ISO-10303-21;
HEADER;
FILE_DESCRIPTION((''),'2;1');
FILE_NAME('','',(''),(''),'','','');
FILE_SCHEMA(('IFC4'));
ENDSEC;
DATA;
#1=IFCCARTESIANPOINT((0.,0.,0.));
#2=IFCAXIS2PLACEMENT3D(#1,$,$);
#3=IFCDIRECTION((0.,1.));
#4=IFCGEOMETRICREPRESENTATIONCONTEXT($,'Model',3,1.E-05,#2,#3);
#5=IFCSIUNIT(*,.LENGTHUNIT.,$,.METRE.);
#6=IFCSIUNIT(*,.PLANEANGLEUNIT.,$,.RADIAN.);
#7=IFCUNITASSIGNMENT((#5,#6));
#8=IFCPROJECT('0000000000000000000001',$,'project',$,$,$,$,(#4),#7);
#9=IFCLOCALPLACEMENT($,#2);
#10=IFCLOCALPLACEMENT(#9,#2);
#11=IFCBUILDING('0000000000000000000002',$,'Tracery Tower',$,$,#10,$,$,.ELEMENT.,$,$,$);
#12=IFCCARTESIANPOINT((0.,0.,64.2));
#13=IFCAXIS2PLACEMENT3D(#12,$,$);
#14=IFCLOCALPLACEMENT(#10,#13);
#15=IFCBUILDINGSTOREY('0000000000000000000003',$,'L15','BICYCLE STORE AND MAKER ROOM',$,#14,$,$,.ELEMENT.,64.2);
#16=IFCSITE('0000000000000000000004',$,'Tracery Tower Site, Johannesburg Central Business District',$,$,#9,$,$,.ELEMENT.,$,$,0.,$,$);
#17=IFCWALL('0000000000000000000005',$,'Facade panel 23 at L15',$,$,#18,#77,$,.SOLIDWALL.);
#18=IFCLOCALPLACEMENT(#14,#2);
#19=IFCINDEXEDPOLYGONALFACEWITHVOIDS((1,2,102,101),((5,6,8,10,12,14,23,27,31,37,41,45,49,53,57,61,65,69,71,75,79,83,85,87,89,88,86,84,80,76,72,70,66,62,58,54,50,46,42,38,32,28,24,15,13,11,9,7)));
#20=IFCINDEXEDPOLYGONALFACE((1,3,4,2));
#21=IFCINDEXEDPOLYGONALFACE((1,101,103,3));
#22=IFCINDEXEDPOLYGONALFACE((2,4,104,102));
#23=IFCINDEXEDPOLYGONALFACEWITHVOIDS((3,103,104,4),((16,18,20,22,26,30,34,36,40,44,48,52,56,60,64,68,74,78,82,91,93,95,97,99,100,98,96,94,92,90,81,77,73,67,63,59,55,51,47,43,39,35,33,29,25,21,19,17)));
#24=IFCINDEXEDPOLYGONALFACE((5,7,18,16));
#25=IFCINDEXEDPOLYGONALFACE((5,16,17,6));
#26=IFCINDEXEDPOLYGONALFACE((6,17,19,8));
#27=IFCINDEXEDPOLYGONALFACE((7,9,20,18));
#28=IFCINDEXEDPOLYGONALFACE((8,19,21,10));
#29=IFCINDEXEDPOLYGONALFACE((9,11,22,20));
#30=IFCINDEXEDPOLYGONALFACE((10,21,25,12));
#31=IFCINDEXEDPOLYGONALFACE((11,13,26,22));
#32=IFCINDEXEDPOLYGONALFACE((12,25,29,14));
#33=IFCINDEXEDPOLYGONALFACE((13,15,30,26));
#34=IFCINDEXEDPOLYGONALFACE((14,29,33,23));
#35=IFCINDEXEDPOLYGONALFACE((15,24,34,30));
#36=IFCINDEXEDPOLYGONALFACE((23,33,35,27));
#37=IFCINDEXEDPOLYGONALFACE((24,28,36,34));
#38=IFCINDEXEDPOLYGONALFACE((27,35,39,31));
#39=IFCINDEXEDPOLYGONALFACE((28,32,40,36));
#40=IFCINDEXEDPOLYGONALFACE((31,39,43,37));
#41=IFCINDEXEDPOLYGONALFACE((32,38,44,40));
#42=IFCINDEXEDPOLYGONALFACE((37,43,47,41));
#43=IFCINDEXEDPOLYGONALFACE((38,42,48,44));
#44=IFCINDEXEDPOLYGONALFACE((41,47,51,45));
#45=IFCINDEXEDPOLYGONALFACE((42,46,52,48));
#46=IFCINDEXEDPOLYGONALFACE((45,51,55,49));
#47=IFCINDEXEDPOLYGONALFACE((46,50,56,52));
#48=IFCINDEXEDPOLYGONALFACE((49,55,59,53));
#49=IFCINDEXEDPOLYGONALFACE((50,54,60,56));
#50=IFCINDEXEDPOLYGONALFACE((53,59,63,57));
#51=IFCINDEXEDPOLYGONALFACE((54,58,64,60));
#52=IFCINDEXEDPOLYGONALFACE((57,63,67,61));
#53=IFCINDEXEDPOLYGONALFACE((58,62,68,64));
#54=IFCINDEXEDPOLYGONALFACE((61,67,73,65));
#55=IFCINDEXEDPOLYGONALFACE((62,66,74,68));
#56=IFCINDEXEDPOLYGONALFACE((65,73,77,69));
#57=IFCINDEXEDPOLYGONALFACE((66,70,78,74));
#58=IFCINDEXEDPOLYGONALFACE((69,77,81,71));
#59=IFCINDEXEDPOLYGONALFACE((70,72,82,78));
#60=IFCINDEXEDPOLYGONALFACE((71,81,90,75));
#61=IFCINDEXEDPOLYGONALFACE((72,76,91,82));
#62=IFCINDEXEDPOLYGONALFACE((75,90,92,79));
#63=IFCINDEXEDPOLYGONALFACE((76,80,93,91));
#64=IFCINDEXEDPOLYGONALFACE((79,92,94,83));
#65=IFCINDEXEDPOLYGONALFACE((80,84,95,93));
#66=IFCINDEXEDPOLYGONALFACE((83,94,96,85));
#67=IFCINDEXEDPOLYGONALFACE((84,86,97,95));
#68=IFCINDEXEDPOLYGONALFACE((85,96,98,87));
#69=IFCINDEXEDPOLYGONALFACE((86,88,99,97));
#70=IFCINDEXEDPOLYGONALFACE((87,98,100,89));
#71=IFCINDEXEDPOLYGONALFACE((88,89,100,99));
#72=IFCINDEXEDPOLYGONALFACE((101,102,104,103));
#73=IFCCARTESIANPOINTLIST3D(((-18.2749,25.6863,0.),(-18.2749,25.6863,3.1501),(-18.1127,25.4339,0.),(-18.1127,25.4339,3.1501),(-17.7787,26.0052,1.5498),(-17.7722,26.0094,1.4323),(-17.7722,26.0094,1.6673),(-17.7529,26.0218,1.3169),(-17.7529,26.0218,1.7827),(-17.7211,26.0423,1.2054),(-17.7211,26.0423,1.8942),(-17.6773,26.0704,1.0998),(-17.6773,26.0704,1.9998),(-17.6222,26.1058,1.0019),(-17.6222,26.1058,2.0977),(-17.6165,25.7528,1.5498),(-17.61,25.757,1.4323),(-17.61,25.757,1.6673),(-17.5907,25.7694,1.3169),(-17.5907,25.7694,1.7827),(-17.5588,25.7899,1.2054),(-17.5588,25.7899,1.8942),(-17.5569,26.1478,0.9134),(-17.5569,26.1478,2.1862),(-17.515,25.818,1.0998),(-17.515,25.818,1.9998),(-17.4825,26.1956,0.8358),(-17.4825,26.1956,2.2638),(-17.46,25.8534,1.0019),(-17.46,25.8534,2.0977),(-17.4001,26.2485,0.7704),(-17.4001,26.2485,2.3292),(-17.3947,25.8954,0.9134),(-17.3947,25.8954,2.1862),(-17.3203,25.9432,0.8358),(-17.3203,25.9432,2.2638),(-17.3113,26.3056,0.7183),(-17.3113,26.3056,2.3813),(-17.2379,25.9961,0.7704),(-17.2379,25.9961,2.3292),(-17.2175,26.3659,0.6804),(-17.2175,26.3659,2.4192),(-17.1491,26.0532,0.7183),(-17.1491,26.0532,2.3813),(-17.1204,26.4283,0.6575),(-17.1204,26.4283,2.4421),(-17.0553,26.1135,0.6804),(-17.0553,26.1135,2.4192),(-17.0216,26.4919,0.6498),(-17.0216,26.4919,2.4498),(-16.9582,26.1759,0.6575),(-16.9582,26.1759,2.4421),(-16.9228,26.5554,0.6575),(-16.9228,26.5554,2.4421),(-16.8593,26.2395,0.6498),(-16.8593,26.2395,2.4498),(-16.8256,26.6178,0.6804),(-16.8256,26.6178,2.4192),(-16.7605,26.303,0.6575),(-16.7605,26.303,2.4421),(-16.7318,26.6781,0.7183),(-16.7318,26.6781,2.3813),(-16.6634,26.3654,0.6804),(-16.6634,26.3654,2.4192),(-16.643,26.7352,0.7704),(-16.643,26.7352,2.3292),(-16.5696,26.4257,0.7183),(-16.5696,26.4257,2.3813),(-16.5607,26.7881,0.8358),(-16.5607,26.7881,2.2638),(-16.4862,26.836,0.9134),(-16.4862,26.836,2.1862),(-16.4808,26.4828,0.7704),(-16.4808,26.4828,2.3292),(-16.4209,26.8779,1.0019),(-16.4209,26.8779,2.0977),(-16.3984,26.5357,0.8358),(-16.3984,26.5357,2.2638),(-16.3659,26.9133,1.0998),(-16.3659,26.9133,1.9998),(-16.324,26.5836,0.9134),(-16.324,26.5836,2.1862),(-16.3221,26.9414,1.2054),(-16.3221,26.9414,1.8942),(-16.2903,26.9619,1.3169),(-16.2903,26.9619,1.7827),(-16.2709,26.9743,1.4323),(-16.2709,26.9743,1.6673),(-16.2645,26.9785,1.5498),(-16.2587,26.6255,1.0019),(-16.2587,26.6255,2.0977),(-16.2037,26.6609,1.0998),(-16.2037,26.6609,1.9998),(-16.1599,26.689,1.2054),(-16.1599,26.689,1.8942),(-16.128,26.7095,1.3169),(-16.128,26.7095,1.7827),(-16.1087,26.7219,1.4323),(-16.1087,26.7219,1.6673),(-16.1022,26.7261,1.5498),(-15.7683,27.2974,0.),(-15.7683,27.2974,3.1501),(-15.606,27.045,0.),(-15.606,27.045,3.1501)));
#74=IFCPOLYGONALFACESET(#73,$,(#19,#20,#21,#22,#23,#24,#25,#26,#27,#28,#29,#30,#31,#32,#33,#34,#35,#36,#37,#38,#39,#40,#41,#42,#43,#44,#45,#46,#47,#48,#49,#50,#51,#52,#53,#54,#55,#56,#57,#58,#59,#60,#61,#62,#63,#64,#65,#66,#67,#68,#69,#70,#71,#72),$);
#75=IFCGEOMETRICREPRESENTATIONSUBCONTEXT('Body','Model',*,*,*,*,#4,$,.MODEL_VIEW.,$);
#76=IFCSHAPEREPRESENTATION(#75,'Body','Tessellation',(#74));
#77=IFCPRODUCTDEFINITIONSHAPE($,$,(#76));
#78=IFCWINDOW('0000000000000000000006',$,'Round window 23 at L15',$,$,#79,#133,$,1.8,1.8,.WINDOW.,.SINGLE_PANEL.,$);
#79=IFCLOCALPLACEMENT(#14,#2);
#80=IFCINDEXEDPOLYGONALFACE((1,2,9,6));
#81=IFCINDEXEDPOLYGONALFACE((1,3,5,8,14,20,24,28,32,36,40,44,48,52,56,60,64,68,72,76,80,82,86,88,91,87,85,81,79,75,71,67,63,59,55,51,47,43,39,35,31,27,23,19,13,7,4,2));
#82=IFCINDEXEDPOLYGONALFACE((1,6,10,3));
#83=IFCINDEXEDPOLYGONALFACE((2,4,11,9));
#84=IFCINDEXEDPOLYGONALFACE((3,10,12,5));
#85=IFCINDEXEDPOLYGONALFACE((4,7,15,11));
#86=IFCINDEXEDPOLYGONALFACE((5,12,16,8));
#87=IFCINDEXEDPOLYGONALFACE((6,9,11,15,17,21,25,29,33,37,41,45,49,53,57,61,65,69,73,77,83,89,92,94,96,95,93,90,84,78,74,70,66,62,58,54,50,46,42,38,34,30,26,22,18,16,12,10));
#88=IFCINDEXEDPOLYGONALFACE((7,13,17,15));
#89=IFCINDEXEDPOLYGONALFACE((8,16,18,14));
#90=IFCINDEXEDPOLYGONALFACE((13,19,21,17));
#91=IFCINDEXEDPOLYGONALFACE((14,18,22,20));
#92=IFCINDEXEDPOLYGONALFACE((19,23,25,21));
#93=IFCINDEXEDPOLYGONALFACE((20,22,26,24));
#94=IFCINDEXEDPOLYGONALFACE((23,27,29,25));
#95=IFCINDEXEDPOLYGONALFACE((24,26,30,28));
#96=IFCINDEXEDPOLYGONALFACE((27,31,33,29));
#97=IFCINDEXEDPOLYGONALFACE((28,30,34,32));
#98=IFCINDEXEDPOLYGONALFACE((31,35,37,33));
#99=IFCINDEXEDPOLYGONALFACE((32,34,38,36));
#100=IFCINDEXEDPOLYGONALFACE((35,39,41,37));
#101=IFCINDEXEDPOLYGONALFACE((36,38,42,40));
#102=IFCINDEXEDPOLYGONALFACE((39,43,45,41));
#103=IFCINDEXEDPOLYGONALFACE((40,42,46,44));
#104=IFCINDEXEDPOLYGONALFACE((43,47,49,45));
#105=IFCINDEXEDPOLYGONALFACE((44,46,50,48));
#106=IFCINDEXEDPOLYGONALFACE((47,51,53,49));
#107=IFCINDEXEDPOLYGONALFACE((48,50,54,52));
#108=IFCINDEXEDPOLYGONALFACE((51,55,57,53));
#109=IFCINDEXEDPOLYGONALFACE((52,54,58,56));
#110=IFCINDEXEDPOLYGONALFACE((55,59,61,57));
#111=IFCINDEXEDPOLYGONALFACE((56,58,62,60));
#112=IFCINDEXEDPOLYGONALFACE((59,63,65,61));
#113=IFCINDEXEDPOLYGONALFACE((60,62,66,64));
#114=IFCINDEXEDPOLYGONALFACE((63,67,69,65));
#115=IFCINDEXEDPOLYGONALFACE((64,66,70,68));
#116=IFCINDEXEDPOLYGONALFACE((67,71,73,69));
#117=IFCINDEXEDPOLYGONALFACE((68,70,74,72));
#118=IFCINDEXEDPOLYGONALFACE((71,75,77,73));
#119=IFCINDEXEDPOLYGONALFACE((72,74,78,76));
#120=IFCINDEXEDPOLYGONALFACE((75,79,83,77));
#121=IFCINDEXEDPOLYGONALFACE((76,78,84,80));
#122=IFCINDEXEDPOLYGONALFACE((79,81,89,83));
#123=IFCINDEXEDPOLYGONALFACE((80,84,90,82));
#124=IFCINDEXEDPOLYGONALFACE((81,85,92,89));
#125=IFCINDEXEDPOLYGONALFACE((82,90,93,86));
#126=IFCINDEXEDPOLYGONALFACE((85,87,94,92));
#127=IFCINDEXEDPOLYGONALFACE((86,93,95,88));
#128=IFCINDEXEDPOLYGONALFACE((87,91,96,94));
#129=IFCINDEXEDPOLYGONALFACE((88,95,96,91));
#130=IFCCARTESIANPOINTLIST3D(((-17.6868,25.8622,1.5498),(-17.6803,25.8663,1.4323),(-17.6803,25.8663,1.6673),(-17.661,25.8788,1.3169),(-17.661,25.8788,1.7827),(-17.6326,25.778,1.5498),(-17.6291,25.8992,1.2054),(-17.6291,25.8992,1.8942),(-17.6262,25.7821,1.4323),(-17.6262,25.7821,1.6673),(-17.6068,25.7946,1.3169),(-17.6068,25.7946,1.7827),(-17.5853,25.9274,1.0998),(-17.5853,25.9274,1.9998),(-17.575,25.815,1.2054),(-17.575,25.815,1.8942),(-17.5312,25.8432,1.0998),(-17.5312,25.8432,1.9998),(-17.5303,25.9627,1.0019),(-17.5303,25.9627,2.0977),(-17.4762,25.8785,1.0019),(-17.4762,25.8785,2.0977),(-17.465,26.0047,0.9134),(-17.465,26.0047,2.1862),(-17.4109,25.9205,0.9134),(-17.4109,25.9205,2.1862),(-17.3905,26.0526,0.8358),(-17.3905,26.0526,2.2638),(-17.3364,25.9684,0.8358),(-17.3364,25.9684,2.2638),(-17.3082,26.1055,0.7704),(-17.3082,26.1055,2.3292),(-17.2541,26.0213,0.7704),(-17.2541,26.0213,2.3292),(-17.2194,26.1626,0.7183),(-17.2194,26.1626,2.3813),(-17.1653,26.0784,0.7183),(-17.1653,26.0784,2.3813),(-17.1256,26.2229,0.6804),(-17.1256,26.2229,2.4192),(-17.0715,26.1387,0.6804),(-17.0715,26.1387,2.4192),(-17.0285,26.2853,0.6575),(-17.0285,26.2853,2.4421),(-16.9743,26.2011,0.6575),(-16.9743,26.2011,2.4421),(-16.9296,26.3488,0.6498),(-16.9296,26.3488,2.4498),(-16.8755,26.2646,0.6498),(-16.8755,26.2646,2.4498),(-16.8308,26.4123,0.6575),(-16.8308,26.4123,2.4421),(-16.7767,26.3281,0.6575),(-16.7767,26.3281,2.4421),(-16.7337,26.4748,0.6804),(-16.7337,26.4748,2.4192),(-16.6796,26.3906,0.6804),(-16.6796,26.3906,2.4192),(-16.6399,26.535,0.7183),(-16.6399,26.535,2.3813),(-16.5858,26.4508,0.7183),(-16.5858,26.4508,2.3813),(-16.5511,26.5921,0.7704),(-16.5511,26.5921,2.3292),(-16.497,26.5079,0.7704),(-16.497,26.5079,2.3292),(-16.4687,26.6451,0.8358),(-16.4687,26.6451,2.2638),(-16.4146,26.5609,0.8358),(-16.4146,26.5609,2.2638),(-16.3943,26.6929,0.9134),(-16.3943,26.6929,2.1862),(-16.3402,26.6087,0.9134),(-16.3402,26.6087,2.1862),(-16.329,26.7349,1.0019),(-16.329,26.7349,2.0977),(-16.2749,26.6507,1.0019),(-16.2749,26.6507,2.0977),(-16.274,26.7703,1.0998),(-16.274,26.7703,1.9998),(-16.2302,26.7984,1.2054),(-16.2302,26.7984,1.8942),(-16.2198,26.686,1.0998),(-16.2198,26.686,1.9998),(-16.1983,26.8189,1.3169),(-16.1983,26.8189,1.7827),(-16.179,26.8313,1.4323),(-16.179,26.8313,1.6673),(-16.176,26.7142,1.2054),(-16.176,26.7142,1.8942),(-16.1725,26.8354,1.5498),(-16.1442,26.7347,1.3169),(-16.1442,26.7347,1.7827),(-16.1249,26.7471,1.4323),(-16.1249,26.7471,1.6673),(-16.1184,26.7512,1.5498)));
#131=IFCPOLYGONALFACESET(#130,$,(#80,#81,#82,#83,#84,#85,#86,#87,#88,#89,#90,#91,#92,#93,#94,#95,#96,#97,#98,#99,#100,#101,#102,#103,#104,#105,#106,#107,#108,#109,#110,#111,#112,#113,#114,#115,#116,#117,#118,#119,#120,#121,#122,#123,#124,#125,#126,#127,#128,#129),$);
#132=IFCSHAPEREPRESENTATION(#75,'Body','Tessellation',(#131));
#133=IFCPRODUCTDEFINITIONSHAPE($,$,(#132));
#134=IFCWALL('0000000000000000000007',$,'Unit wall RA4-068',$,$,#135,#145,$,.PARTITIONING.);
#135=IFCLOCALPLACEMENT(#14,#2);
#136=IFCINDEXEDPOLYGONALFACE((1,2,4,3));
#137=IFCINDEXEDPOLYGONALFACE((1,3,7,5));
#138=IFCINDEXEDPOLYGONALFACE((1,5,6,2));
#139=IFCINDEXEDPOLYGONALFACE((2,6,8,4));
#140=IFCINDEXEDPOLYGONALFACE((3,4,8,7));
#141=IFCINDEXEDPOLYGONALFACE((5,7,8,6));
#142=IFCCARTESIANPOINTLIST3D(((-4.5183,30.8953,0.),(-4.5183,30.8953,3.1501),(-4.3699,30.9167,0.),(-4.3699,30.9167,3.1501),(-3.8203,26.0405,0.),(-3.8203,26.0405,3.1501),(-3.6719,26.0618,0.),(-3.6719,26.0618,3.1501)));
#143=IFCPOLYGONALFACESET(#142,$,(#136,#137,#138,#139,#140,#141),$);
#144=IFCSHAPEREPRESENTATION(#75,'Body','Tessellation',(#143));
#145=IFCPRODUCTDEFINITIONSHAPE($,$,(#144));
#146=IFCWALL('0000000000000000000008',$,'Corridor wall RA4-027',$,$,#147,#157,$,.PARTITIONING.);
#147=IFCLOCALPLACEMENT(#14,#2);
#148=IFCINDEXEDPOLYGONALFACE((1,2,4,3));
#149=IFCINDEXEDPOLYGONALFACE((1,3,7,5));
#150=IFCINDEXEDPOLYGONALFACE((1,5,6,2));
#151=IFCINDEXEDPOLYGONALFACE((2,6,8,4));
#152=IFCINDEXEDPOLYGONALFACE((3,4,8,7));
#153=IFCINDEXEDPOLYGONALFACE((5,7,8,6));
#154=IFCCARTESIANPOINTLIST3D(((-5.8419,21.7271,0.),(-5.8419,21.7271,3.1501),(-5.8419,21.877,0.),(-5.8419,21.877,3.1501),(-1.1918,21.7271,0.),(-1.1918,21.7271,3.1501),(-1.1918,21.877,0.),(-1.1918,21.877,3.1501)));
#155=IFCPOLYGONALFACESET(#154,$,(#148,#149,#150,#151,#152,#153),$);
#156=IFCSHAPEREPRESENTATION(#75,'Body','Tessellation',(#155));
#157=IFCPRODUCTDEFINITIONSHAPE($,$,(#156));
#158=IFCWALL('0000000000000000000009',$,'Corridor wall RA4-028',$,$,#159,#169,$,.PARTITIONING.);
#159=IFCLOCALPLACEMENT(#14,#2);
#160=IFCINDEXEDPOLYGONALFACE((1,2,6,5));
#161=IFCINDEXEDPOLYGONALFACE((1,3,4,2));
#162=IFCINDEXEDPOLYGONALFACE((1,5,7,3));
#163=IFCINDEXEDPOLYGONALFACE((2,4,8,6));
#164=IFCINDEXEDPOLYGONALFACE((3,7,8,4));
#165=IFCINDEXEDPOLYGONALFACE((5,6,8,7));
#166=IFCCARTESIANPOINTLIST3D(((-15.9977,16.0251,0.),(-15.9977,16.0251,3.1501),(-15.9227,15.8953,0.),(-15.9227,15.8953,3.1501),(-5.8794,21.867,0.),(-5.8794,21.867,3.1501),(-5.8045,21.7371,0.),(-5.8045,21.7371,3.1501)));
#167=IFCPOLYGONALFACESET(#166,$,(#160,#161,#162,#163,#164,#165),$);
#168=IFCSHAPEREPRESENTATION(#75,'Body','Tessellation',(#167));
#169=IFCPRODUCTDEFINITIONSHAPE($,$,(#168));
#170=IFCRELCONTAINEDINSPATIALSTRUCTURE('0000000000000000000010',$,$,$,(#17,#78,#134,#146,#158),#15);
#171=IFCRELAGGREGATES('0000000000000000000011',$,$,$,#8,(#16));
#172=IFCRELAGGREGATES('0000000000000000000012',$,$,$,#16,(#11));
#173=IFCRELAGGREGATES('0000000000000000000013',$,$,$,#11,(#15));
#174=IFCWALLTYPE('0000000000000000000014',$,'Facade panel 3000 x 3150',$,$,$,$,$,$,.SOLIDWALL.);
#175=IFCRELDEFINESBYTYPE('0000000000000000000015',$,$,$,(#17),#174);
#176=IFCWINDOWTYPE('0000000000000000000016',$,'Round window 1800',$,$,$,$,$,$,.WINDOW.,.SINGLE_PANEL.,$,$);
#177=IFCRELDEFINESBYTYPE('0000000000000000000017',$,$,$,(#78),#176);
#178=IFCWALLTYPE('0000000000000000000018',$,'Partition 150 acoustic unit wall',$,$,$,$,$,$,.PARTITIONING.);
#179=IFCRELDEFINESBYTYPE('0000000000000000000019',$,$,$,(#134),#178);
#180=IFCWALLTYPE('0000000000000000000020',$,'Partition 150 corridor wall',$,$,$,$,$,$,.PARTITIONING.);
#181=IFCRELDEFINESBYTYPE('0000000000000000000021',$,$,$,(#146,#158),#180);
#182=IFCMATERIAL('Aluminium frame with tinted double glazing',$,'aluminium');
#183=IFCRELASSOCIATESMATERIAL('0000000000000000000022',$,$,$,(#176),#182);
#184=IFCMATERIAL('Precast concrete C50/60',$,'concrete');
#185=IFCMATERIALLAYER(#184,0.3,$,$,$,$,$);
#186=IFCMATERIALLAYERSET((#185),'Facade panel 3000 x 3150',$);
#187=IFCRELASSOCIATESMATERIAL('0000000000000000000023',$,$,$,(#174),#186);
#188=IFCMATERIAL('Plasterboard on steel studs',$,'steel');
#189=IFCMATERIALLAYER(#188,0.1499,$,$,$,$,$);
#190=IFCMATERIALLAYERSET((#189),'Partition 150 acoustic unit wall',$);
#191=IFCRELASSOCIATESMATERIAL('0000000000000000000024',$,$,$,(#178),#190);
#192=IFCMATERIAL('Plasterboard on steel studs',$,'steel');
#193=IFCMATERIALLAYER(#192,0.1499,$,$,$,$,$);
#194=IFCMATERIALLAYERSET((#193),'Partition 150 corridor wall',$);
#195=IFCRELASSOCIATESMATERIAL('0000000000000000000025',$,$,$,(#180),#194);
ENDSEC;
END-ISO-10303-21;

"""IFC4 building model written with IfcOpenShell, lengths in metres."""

from ifc_helpers import new_model, si_unit, direction, frame, frame_2d, origin, origin_2d, place, context, subcontext, project, spatial, rectangle, circle, extrude, material, layer, layer_set, type_object, element, fill, save


model = new_model("IFC4")

# Units and contexts
model_context = context("Model", 3, precision=1e-05, world=origin(), true_north=direction((0.0, 1.0)))
body_context = subcontext(model_context, "Body", "Model", "MODEL_VIEW")
ifc_project = project(units=[si_unit("LENGTHUNIT", "METRE"), si_unit("PLANEANGLEUNIT", "RADIAN")], contexts=[model_context])

# Site, building, storey
site_placement = place(None, origin())
site = spatial("IfcSite", under=ifc_project, at=site_placement, Name="Tracery Tower Site, Johannesburg Central Business District", CompositionType="ELEMENT", RefElevation=0.0)
building_placement = place(site_placement, origin())
building = spatial("IfcBuilding", under=site, at=building_placement, Name="Tracery Tower", CompositionType="ELEMENT")
storey_placement = place(building_placement, frame((0.0, 0.0, 64.2)))
storey = spatial("IfcBuildingStorey", under=building, at=storey_placement, Name="L15", Description="BICYCLE STORE AND MAKER ROOM", CompositionType="ELEMENT", Elevation=64.2)

# Wall, opening, window
ifc_material_1 = material(Name="Aluminium frame with tinted double glazing", Category="aluminium")
window_type = type_object("IfcWindowType", Name="Round window 1800", PartitioningType="SINGLE_PANEL", PredefinedType="WINDOW", material=ifc_material_1)
ifc_material_2 = material(Name="Precast concrete C50/60", Category="concrete")
ifc_layer_1 = layer(ifc_material_2, 0.3)
ifc_layer_set_1 = layer_set([ifc_layer_1], Name="Facade panel 3000 x 3150")
wall_type_1 = type_object("IfcWallType", Name="Facade panel 3000 x 3150", PredefinedType="SOLIDWALL", material=ifc_layer_set_1)
wall_1_placement = place(storey_placement, frame((-15.6873, 27.1711, 0.0), z_axis=(0.0, 0.0, 1.0), x_axis=(-0.841224, -0.540687, 0.0)))
wall_1 = element("IfcWall", 1, at=wall_1_placement, inside=storey, type_object=wall_type_1, Name="Facade panel 23 at L15", PredefinedType="SOLIDWALL", context=body_context, shape_type="SweptSolid", body=[
    extrude(rectangle(XDim=2.9797, YDim=0.3, at=frame_2d((1.4897, 0.0))), origin(), (0.0, 0.0, 1.0), 3.1501),
])
opening_1_placement = place(wall_1_placement, frame((1.4897, 0.0, 1.5498)))
opening_1 = element("IfcOpeningElement", 2, at=opening_1_placement, cuts=wall_1, PredefinedType="OPENING", context=body_context, shape_type="SweptSolid", body=[
    extrude(circle(Radius=0.9, at=origin_2d()), frame((0.0, 0.1599, 0.0), z_axis=(0.0, -1.0, 0.0), x_axis=(1.0, 0.0, 0.0)), (0.0, 0.0, 1.0), 0.3201),
])
window_1_placement = place(opening_1_placement, origin())
window_1 = element("IfcWindow", 3, at=window_1_placement, inside=storey, type_object=window_type, Name="Round window 23 at L15", OverallHeight=1.8, OverallWidth=1.8, PartitioningType="SINGLE_PANEL", PredefinedType="WINDOW", context=body_context, shape_type="SweptSolid", body=[
    extrude(circle(Radius=0.9, at=origin_2d()), frame((0.0, 0.1201, 0.0), z_axis=(0.0, -1.0, 0.0), x_axis=(1.0, 0.0, 0.0)), (0.0, 0.0, 1.0), 0.1001),
])
fill(opening_1, window_1)

# Walls
ifc_material_3 = material(Name="Plasterboard on steel studs", Category="steel")
ifc_layer_2 = layer(ifc_material_3, 0.1499)
ifc_layer_set_2 = layer_set([ifc_layer_2], Name="Partition 150 acoustic unit wall")
wall_type_2 = type_object("IfcWallType", Name="Partition 150 acoustic unit wall", PredefinedType="PARTITIONING", material=ifc_layer_set_2)
wall_2_placement = place(storey_placement, frame((-4.4441, 30.906, 0.0), z_axis=(0.0, 0.0, 1.0), x_axis=(0.142306, -0.989823, 0.0)))
element("IfcWall", 4, at=wall_2_placement, inside=storey, type_object=wall_type_2, Name="Unit wall RA4-068", PredefinedType="PARTITIONING", context=body_context, shape_type="SweptSolid", body=[
    extrude(rectangle(XDim=4.9048, YDim=0.1499, at=frame_2d((2.4524, 0.0))), origin(), (0.0, 0.0, 1.0), 3.1501),
])
ifc_material_4 = material(Name="Plasterboard on steel studs", Category="steel")
ifc_layer_3 = layer(ifc_material_4, 0.1499)
ifc_layer_set_3 = layer_set([ifc_layer_3], Name="Partition 150 corridor wall")
wall_type_3 = type_object("IfcWallType", Name="Partition 150 corridor wall", PredefinedType="PARTITIONING", material=ifc_layer_set_3)
wall_3_placement = place(storey_placement, frame((-5.842, 21.802, 0.0), z_axis=(0.0, 0.0, 1.0), x_axis=(1.0, 0.0, 0.0)))
element("IfcWall", 5, at=wall_3_placement, inside=storey, type_object=wall_type_3, Name="Corridor wall RA4-027", PredefinedType="PARTITIONING", context=body_context, shape_type="SweptSolid", body=[
    extrude(rectangle(XDim=4.6501, YDim=0.1499, at=frame_2d((2.3252, 0.0))), origin(), (0.0, 0.0, 1.0), 3.1501),
])
wall_4_placement = place(storey_placement, frame((-15.9602, 15.9602, 0.0), z_axis=(0.0, 0.0, 1.0), x_axis=(0.866023, 0.500005, 0.0)))
element("IfcWall", 6, at=wall_4_placement, inside=storey, type_object=wall_type_3, Name="Corridor wall RA4-028", PredefinedType="PARTITIONING", context=body_context, shape_type="SweptSolid", body=[
    extrude(rectangle(XDim=11.6836, YDim=0.1499, at=frame_2d((5.8418, 0.0))), origin(), (0.0, 0.0, 1.0), 3.1501),
])

save(model, "model.ifc")
